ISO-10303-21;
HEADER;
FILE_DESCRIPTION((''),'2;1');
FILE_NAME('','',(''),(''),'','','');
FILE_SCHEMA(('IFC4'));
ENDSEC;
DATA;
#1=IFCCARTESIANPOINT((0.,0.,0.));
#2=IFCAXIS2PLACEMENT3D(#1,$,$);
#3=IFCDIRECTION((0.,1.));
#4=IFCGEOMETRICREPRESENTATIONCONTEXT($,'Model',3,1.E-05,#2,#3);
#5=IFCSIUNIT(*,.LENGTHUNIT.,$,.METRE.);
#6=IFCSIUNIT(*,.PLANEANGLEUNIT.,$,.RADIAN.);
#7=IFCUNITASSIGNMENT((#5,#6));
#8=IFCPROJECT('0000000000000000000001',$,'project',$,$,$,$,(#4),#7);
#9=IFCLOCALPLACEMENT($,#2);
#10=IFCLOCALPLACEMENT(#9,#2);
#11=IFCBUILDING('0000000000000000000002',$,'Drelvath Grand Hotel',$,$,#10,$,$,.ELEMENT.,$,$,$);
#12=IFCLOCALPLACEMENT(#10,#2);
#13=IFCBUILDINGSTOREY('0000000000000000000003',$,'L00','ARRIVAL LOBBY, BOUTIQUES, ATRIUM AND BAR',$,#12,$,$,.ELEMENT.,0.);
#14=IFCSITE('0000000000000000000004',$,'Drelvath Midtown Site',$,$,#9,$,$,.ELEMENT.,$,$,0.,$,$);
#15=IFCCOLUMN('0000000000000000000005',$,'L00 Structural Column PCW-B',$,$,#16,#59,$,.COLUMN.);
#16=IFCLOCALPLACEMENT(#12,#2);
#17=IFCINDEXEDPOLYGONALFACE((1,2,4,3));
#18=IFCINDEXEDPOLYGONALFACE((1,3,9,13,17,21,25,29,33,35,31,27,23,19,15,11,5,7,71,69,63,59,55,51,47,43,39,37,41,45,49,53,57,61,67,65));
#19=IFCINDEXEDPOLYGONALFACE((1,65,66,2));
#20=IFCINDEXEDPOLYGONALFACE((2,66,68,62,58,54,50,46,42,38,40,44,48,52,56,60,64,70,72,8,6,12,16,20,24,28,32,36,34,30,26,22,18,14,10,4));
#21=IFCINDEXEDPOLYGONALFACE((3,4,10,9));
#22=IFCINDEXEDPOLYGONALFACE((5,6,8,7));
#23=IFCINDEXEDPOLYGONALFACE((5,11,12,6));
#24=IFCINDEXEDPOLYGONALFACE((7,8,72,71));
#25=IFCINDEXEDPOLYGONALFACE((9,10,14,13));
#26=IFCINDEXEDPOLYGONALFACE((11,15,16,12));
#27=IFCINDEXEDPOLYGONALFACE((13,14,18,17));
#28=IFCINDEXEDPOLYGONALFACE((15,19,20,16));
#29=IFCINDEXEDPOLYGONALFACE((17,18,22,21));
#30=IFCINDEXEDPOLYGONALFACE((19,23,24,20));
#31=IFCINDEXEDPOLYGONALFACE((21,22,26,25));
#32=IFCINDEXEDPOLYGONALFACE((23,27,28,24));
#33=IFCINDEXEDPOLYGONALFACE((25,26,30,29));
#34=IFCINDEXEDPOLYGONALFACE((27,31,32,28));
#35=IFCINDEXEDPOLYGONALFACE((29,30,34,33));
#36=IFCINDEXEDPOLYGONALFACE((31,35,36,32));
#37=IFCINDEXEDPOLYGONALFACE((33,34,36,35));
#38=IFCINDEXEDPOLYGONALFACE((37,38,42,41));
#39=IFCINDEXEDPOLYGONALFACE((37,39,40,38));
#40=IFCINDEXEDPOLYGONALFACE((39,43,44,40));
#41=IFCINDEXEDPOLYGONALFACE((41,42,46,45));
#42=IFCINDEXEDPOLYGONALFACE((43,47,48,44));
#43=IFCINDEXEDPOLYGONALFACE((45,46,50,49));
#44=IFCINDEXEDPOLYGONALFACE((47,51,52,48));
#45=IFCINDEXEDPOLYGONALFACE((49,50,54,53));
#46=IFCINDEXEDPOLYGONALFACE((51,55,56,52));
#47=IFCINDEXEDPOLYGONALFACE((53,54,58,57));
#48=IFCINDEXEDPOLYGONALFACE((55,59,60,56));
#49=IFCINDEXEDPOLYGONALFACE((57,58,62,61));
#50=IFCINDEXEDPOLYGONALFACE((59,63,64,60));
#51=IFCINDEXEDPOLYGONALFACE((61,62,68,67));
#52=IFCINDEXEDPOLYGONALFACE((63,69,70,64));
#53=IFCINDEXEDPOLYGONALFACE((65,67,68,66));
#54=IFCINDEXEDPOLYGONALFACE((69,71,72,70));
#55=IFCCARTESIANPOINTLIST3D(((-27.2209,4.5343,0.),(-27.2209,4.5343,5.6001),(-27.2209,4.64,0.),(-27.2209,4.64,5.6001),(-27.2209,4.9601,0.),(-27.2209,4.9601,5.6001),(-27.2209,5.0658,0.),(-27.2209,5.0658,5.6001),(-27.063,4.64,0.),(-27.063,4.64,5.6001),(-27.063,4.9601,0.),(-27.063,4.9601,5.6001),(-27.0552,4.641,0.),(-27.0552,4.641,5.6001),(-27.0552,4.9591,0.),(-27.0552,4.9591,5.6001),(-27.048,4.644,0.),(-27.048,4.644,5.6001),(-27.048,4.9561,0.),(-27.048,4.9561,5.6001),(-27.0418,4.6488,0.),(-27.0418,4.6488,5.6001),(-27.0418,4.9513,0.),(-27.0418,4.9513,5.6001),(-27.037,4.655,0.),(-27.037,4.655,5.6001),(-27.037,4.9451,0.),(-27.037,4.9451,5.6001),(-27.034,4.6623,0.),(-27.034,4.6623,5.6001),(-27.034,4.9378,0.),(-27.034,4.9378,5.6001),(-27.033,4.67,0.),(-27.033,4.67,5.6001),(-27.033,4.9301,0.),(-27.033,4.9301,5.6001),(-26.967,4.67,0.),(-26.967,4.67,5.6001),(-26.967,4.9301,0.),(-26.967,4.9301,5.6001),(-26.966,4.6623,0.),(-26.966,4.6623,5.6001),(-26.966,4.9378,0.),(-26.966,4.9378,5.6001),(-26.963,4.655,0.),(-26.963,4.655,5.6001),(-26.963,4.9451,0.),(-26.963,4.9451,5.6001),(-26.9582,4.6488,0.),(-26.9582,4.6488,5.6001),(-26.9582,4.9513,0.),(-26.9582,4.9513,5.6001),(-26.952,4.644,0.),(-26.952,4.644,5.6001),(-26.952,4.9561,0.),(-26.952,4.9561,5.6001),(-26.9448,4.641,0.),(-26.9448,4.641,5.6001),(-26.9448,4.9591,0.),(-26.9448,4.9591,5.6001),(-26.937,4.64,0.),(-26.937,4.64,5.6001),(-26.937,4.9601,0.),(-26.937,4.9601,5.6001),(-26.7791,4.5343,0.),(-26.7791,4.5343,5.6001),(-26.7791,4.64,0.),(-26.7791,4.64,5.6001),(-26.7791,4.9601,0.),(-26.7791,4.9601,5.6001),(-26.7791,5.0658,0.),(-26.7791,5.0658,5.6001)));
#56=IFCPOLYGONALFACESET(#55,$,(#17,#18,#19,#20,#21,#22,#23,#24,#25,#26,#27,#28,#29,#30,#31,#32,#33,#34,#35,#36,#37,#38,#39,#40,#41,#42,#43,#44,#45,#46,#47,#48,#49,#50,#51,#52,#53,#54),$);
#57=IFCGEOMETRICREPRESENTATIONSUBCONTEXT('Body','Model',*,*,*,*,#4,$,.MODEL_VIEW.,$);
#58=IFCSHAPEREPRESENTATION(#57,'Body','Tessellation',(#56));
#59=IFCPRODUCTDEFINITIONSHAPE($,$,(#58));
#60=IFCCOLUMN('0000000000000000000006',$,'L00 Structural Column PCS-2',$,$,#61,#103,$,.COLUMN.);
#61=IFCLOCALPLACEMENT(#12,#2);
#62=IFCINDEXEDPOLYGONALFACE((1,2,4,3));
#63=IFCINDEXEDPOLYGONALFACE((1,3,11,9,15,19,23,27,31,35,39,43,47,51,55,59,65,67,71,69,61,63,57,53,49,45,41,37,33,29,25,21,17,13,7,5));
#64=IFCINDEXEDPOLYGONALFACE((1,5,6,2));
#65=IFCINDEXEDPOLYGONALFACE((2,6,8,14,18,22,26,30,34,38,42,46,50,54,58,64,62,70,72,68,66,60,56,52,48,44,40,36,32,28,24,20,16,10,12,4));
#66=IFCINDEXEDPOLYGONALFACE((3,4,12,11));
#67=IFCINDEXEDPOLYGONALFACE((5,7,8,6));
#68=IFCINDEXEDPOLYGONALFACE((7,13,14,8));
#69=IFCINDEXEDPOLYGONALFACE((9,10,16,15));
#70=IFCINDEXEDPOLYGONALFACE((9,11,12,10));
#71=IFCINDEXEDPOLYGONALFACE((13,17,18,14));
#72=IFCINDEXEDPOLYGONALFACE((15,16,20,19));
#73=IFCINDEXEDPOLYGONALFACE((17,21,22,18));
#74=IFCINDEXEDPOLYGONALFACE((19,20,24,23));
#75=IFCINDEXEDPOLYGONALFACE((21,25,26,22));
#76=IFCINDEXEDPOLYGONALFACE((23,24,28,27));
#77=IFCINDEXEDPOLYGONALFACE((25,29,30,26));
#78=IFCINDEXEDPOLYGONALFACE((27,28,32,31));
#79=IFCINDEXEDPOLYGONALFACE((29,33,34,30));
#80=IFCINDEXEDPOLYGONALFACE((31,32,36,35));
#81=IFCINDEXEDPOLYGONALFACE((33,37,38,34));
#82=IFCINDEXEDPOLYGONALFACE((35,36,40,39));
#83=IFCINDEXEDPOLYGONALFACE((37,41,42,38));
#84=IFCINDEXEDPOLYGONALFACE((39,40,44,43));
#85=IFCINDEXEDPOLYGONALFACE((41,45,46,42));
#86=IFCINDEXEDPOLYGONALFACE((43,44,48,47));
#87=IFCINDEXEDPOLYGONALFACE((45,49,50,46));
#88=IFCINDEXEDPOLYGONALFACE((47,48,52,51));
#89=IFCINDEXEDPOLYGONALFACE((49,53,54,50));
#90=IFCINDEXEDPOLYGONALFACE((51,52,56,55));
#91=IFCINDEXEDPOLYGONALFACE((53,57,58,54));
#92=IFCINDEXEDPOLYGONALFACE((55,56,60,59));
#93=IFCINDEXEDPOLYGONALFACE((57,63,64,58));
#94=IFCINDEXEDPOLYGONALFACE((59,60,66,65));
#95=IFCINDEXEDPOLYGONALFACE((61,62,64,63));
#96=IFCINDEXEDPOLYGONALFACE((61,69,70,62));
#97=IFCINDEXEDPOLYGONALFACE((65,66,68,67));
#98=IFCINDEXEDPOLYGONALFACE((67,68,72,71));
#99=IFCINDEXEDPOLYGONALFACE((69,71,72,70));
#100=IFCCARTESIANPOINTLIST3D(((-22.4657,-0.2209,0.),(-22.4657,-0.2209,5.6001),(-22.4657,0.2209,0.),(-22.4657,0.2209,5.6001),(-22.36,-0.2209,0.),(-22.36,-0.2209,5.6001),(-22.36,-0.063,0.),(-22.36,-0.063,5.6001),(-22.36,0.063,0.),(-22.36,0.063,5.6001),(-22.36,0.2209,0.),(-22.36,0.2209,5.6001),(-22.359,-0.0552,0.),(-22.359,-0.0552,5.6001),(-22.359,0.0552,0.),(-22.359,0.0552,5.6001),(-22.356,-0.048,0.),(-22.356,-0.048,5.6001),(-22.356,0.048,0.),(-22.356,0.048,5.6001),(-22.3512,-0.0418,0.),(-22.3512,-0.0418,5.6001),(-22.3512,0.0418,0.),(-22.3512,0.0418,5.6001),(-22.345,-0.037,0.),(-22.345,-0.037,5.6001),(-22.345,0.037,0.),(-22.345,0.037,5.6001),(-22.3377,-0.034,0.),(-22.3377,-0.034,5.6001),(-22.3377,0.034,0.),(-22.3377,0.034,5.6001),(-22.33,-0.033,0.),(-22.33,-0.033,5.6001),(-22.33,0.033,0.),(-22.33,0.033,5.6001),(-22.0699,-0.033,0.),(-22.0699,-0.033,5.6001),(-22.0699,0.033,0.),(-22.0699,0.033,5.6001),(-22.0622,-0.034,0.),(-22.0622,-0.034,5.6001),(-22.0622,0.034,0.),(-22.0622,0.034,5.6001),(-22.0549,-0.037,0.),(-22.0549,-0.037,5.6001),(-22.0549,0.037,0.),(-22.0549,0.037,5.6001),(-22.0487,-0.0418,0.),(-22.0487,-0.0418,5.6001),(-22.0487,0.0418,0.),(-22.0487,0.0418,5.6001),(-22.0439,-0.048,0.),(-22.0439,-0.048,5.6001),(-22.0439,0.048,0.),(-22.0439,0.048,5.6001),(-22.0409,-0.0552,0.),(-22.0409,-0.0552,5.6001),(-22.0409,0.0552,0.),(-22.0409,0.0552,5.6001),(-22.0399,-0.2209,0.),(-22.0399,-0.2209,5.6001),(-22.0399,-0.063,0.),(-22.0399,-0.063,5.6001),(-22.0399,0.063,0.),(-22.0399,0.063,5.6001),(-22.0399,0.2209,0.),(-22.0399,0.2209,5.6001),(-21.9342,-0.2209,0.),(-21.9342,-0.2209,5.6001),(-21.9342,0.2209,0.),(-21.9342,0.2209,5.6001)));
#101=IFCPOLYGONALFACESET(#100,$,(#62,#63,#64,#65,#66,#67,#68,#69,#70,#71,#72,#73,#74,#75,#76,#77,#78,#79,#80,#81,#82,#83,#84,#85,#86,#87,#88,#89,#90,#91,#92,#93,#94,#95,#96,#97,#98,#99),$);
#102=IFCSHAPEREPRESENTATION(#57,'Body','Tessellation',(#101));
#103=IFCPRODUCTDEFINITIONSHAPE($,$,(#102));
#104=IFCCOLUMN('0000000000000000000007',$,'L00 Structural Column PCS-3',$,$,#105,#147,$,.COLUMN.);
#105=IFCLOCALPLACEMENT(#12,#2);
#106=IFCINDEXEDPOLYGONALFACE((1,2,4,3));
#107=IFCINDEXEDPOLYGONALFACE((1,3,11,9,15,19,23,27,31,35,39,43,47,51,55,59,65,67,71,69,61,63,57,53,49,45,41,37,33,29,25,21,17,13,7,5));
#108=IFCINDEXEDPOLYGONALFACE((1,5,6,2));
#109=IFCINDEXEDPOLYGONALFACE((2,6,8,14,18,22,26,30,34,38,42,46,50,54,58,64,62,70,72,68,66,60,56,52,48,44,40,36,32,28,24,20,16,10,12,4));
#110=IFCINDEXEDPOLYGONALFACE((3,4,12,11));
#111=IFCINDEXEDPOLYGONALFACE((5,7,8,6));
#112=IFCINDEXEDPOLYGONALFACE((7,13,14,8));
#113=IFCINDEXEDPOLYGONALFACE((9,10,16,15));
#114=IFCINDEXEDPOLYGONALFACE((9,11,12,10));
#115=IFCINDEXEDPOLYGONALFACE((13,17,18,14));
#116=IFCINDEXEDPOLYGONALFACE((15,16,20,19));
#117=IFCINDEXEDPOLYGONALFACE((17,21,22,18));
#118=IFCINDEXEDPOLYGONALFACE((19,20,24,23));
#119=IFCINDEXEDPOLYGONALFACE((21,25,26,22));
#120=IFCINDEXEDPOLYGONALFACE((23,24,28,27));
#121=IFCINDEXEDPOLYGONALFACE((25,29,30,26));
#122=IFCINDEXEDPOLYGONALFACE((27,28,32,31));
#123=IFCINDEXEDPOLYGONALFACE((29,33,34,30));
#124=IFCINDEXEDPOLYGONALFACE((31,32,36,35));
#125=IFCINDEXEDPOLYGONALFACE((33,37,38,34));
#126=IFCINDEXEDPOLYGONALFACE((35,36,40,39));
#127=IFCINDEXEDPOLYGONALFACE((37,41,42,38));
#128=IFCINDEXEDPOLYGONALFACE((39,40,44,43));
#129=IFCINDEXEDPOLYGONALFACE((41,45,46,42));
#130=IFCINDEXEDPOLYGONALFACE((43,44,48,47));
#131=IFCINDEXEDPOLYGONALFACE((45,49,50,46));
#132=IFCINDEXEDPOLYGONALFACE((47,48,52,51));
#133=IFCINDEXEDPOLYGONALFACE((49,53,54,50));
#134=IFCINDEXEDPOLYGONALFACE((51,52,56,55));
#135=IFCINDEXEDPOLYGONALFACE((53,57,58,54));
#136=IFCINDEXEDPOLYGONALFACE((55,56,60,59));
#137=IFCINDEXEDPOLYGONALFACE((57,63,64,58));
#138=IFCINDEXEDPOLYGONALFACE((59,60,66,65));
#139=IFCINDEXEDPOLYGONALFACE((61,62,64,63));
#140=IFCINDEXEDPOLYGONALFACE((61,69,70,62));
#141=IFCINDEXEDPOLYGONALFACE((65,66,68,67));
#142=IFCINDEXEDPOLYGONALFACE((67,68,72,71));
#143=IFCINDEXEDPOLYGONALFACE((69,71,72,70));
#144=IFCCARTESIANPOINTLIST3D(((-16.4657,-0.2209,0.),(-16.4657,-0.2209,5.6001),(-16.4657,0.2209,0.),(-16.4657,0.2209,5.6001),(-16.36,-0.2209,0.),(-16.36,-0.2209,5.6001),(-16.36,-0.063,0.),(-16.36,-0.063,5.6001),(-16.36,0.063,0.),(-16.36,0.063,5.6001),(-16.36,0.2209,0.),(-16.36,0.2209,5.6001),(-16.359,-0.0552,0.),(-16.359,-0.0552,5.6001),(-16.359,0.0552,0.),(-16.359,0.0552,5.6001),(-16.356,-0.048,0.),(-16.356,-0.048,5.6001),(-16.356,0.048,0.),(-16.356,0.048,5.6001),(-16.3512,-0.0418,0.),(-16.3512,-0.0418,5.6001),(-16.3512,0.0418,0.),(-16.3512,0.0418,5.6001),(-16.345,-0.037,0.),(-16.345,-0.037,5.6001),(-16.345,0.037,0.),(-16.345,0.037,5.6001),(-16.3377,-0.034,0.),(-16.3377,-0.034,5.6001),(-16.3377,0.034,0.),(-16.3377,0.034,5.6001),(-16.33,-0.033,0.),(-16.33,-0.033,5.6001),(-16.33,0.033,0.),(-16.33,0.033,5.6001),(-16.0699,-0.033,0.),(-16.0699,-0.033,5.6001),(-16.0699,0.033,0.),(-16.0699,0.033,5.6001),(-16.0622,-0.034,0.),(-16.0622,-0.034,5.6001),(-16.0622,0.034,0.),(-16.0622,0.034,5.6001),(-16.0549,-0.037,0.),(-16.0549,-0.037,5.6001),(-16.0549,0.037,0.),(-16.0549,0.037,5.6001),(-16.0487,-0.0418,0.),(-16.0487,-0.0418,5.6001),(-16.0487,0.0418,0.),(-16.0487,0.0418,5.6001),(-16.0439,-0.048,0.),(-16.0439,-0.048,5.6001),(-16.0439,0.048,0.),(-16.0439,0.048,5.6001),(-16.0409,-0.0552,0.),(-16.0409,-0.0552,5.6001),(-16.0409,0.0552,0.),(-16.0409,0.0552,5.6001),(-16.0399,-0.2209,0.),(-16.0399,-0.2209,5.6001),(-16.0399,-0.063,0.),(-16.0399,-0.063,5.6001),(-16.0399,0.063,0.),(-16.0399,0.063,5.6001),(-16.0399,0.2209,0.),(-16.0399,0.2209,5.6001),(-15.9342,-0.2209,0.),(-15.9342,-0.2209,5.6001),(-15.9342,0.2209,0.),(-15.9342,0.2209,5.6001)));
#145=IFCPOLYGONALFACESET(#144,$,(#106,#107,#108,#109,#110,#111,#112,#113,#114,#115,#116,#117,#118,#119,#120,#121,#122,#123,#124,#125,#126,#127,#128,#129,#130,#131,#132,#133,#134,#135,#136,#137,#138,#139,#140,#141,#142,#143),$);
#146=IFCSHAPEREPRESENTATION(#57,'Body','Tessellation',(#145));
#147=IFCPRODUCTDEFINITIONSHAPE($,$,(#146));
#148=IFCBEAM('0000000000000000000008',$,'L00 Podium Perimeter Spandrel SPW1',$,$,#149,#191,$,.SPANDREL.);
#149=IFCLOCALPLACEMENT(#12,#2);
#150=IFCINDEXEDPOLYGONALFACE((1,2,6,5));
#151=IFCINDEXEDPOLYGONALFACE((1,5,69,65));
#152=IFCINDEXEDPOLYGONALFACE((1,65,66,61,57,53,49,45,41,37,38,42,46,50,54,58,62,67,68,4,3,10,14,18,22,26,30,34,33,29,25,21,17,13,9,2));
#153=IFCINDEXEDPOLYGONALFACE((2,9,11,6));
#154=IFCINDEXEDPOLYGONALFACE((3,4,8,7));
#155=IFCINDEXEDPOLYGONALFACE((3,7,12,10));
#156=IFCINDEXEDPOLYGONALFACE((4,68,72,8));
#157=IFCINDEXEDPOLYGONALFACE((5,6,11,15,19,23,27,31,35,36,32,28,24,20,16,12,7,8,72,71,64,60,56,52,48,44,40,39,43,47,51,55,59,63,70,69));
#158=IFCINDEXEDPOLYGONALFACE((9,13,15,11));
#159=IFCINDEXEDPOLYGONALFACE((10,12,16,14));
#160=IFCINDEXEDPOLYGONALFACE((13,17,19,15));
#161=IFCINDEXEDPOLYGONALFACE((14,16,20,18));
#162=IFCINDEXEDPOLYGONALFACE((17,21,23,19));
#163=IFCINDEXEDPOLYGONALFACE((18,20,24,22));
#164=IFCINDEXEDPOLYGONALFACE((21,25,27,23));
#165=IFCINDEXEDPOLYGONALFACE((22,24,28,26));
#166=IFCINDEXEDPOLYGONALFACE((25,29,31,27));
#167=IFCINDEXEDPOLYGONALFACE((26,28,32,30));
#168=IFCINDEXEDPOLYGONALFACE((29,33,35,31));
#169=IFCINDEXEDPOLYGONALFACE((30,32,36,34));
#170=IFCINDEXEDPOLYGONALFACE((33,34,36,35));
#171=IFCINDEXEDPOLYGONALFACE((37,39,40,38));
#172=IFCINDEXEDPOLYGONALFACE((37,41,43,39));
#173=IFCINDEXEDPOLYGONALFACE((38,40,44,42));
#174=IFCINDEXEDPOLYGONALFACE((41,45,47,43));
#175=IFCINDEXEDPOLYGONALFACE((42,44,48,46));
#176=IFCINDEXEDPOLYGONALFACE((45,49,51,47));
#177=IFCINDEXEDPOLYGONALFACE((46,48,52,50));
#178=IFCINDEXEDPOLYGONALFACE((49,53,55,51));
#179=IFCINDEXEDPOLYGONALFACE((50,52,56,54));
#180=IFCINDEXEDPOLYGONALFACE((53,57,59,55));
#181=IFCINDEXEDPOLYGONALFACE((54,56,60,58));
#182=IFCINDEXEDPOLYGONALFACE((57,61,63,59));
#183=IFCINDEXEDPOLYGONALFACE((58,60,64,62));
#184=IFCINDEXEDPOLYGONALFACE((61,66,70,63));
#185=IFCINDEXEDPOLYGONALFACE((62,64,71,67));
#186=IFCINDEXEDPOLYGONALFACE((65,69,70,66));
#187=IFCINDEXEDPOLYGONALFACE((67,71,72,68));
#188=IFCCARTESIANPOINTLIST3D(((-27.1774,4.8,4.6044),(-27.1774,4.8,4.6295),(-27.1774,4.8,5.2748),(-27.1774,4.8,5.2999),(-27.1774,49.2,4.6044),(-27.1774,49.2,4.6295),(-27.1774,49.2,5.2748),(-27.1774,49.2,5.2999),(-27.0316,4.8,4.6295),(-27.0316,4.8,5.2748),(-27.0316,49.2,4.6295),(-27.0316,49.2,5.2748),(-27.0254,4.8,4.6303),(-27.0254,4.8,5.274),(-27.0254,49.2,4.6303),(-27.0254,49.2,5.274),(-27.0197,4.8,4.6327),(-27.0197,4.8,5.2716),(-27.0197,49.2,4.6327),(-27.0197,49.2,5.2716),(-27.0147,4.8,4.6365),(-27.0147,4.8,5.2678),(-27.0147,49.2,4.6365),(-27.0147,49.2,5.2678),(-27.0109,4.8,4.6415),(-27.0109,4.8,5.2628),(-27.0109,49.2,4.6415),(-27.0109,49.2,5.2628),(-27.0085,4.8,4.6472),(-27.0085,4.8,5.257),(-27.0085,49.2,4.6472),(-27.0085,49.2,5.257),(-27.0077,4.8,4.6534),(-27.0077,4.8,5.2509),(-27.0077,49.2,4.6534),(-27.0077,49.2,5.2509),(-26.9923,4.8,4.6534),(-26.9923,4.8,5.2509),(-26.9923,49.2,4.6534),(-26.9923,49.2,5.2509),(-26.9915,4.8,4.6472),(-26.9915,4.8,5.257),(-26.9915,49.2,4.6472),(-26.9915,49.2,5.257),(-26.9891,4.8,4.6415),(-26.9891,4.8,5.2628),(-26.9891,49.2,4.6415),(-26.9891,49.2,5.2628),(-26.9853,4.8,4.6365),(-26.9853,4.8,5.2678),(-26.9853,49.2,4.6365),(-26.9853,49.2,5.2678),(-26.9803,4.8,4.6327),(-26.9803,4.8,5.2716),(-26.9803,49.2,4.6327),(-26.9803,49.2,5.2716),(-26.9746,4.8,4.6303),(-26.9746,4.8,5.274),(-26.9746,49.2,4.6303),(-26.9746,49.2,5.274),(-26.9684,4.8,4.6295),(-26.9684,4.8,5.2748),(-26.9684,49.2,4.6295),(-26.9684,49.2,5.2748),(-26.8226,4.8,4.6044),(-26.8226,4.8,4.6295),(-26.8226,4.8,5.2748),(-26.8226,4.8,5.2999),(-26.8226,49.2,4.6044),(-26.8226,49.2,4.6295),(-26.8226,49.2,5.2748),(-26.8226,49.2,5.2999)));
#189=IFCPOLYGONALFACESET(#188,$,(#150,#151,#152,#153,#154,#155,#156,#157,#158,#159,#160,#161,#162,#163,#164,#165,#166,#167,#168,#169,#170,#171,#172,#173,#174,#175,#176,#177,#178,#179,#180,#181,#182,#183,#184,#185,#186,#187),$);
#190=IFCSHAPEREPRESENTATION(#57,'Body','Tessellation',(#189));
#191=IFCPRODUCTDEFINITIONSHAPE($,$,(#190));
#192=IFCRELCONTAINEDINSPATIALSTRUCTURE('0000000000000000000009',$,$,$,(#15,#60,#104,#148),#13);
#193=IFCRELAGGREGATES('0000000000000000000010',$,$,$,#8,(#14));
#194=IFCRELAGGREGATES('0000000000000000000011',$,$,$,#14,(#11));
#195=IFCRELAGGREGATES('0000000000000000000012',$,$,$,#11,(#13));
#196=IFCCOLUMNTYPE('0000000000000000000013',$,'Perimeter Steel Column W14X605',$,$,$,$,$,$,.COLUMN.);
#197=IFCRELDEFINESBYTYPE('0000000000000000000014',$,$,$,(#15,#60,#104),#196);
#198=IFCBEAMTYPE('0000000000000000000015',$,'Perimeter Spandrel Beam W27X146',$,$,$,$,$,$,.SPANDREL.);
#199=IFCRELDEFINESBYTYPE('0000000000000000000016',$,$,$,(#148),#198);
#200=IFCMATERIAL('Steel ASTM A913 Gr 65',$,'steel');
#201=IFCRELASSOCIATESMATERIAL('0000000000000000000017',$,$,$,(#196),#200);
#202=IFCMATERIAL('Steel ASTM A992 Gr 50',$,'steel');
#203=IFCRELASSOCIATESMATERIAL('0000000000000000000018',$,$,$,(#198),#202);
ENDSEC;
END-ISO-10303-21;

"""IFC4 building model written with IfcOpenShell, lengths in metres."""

from ifc_helpers import new_model, si_unit, direction, frame, origin, origin_2d, place, context, subcontext, project, spatial, i_section, extrude, material, material_profile, profile_set, type_object, element, save


model = new_model("IFC4")

# Units and contexts
model_context = context("Model", 3, precision=1e-05, world=origin(), true_north=direction((0.0, 1.0)))
body_context = subcontext(model_context, "Body", "Model", "MODEL_VIEW")
ifc_project = project(units=[si_unit("LENGTHUNIT", "METRE"), si_unit("PLANEANGLEUNIT", "RADIAN")], contexts=[model_context])

# Site, building, storey
site_placement = place(None, origin())
site = spatial("IfcSite", under=ifc_project, at=site_placement, Name="Drelvath Midtown Site", CompositionType="ELEMENT", RefElevation=0.0)
building_placement = place(site_placement, origin())
building = spatial("IfcBuilding", under=site, at=building_placement, Name="Drelvath Grand Hotel", CompositionType="ELEMENT")
storey_placement = place(building_placement, origin())
storey = spatial("IfcBuildingStorey", under=building, at=storey_placement, Name="L00", Description="ARRIVAL LOBBY, BOUTIQUES, ATRIUM AND BAR", CompositionType="ELEMENT", Elevation=0.0)

# Columns
ifc_material_1 = material(Name="Steel ASTM A913 Gr 65", Category="steel")
ifc_material_profile_1 = material_profile(ifc_material_1, i_section(OverallWidth=0.4419, OverallDepth=0.5315, WebThickness=0.0659, FlangeThickness=0.1057, FilletRadius=0.03, at=origin_2d()), Name="W14X605")
ifc_profile_set_1 = profile_set([ifc_material_profile_1], Name="Steel ASTM A913 Gr 65")
column_type = type_object("IfcColumnType", Name="Perimeter Steel Column W14X605", PredefinedType="COLUMN", material=ifc_profile_set_1)
for number, where, z_axis, x_axis, name in (
    (1, (-27.0, 4.8, 0.0), (0.0, 0.0, 1.0), (1.0, 0.0, 0.0), "L00 Structural Column PCW-B"),
    (2, (-22.2, 0.0, 0.0), (0.0, 0.0, 1.0), (0.0, 1.0, 0.0), "L00 Structural Column PCS-2"),
    (3, (-16.2, 0.0, 0.0), (0.0, 0.0, 1.0), (0.0, 1.0, 0.0), "L00 Structural Column PCS-3"),
):
    element("IfcColumn", number, at=place(storey_placement, frame(where, z_axis=z_axis, x_axis=x_axis)), inside=storey, type_object=column_type, Name=name, PredefinedType="COLUMN", context=body_context, shape_type="SweptSolid", body=[
        extrude(i_section(OverallWidth=0.4419, OverallDepth=0.5315, WebThickness=0.0659, FlangeThickness=0.1057, FilletRadius=0.03, at=origin_2d()), origin(), (0.0, 0.0, 1.0), 5.6001),
    ])

# Beam
ifc_material_2 = material(Name="Steel ASTM A992 Gr 50", Category="steel")
ifc_material_profile_2 = material_profile(ifc_material_2, i_section(OverallWidth=0.3547, OverallDepth=0.6956, WebThickness=0.0154, FlangeThickness=0.0251, FilletRadius=0.0239, at=origin_2d()), Name="W27X146")
ifc_profile_set_2 = profile_set([ifc_material_profile_2], Name="Steel ASTM A992 Gr 50")
beam_type_1 = type_object("IfcBeamType", Name="Perimeter Spandrel Beam W27X146", PredefinedType="SPANDREL", material=ifc_profile_set_2)
beam_1_placement = place(storey_placement, frame((-27.0, 4.8, 4.9521), z_axis=(0.0, 1.0, 0.0), x_axis=(-1.0, 0.0, 0.0)))
element("IfcBeam", 4, at=beam_1_placement, inside=storey, type_object=beam_type_1, Name="L00 Podium Perimeter Spandrel SPW1", PredefinedType="SPANDREL", context=body_context, shape_type="SweptSolid", body=[
    extrude(i_section(OverallWidth=0.3547, OverallDepth=0.6956, WebThickness=0.0154, FlangeThickness=0.0251, FilletRadius=0.0239, at=origin_2d()), origin(), (0.0, 0.0, 1.0), 44.3999),
])

save(model, "model.ifc")
